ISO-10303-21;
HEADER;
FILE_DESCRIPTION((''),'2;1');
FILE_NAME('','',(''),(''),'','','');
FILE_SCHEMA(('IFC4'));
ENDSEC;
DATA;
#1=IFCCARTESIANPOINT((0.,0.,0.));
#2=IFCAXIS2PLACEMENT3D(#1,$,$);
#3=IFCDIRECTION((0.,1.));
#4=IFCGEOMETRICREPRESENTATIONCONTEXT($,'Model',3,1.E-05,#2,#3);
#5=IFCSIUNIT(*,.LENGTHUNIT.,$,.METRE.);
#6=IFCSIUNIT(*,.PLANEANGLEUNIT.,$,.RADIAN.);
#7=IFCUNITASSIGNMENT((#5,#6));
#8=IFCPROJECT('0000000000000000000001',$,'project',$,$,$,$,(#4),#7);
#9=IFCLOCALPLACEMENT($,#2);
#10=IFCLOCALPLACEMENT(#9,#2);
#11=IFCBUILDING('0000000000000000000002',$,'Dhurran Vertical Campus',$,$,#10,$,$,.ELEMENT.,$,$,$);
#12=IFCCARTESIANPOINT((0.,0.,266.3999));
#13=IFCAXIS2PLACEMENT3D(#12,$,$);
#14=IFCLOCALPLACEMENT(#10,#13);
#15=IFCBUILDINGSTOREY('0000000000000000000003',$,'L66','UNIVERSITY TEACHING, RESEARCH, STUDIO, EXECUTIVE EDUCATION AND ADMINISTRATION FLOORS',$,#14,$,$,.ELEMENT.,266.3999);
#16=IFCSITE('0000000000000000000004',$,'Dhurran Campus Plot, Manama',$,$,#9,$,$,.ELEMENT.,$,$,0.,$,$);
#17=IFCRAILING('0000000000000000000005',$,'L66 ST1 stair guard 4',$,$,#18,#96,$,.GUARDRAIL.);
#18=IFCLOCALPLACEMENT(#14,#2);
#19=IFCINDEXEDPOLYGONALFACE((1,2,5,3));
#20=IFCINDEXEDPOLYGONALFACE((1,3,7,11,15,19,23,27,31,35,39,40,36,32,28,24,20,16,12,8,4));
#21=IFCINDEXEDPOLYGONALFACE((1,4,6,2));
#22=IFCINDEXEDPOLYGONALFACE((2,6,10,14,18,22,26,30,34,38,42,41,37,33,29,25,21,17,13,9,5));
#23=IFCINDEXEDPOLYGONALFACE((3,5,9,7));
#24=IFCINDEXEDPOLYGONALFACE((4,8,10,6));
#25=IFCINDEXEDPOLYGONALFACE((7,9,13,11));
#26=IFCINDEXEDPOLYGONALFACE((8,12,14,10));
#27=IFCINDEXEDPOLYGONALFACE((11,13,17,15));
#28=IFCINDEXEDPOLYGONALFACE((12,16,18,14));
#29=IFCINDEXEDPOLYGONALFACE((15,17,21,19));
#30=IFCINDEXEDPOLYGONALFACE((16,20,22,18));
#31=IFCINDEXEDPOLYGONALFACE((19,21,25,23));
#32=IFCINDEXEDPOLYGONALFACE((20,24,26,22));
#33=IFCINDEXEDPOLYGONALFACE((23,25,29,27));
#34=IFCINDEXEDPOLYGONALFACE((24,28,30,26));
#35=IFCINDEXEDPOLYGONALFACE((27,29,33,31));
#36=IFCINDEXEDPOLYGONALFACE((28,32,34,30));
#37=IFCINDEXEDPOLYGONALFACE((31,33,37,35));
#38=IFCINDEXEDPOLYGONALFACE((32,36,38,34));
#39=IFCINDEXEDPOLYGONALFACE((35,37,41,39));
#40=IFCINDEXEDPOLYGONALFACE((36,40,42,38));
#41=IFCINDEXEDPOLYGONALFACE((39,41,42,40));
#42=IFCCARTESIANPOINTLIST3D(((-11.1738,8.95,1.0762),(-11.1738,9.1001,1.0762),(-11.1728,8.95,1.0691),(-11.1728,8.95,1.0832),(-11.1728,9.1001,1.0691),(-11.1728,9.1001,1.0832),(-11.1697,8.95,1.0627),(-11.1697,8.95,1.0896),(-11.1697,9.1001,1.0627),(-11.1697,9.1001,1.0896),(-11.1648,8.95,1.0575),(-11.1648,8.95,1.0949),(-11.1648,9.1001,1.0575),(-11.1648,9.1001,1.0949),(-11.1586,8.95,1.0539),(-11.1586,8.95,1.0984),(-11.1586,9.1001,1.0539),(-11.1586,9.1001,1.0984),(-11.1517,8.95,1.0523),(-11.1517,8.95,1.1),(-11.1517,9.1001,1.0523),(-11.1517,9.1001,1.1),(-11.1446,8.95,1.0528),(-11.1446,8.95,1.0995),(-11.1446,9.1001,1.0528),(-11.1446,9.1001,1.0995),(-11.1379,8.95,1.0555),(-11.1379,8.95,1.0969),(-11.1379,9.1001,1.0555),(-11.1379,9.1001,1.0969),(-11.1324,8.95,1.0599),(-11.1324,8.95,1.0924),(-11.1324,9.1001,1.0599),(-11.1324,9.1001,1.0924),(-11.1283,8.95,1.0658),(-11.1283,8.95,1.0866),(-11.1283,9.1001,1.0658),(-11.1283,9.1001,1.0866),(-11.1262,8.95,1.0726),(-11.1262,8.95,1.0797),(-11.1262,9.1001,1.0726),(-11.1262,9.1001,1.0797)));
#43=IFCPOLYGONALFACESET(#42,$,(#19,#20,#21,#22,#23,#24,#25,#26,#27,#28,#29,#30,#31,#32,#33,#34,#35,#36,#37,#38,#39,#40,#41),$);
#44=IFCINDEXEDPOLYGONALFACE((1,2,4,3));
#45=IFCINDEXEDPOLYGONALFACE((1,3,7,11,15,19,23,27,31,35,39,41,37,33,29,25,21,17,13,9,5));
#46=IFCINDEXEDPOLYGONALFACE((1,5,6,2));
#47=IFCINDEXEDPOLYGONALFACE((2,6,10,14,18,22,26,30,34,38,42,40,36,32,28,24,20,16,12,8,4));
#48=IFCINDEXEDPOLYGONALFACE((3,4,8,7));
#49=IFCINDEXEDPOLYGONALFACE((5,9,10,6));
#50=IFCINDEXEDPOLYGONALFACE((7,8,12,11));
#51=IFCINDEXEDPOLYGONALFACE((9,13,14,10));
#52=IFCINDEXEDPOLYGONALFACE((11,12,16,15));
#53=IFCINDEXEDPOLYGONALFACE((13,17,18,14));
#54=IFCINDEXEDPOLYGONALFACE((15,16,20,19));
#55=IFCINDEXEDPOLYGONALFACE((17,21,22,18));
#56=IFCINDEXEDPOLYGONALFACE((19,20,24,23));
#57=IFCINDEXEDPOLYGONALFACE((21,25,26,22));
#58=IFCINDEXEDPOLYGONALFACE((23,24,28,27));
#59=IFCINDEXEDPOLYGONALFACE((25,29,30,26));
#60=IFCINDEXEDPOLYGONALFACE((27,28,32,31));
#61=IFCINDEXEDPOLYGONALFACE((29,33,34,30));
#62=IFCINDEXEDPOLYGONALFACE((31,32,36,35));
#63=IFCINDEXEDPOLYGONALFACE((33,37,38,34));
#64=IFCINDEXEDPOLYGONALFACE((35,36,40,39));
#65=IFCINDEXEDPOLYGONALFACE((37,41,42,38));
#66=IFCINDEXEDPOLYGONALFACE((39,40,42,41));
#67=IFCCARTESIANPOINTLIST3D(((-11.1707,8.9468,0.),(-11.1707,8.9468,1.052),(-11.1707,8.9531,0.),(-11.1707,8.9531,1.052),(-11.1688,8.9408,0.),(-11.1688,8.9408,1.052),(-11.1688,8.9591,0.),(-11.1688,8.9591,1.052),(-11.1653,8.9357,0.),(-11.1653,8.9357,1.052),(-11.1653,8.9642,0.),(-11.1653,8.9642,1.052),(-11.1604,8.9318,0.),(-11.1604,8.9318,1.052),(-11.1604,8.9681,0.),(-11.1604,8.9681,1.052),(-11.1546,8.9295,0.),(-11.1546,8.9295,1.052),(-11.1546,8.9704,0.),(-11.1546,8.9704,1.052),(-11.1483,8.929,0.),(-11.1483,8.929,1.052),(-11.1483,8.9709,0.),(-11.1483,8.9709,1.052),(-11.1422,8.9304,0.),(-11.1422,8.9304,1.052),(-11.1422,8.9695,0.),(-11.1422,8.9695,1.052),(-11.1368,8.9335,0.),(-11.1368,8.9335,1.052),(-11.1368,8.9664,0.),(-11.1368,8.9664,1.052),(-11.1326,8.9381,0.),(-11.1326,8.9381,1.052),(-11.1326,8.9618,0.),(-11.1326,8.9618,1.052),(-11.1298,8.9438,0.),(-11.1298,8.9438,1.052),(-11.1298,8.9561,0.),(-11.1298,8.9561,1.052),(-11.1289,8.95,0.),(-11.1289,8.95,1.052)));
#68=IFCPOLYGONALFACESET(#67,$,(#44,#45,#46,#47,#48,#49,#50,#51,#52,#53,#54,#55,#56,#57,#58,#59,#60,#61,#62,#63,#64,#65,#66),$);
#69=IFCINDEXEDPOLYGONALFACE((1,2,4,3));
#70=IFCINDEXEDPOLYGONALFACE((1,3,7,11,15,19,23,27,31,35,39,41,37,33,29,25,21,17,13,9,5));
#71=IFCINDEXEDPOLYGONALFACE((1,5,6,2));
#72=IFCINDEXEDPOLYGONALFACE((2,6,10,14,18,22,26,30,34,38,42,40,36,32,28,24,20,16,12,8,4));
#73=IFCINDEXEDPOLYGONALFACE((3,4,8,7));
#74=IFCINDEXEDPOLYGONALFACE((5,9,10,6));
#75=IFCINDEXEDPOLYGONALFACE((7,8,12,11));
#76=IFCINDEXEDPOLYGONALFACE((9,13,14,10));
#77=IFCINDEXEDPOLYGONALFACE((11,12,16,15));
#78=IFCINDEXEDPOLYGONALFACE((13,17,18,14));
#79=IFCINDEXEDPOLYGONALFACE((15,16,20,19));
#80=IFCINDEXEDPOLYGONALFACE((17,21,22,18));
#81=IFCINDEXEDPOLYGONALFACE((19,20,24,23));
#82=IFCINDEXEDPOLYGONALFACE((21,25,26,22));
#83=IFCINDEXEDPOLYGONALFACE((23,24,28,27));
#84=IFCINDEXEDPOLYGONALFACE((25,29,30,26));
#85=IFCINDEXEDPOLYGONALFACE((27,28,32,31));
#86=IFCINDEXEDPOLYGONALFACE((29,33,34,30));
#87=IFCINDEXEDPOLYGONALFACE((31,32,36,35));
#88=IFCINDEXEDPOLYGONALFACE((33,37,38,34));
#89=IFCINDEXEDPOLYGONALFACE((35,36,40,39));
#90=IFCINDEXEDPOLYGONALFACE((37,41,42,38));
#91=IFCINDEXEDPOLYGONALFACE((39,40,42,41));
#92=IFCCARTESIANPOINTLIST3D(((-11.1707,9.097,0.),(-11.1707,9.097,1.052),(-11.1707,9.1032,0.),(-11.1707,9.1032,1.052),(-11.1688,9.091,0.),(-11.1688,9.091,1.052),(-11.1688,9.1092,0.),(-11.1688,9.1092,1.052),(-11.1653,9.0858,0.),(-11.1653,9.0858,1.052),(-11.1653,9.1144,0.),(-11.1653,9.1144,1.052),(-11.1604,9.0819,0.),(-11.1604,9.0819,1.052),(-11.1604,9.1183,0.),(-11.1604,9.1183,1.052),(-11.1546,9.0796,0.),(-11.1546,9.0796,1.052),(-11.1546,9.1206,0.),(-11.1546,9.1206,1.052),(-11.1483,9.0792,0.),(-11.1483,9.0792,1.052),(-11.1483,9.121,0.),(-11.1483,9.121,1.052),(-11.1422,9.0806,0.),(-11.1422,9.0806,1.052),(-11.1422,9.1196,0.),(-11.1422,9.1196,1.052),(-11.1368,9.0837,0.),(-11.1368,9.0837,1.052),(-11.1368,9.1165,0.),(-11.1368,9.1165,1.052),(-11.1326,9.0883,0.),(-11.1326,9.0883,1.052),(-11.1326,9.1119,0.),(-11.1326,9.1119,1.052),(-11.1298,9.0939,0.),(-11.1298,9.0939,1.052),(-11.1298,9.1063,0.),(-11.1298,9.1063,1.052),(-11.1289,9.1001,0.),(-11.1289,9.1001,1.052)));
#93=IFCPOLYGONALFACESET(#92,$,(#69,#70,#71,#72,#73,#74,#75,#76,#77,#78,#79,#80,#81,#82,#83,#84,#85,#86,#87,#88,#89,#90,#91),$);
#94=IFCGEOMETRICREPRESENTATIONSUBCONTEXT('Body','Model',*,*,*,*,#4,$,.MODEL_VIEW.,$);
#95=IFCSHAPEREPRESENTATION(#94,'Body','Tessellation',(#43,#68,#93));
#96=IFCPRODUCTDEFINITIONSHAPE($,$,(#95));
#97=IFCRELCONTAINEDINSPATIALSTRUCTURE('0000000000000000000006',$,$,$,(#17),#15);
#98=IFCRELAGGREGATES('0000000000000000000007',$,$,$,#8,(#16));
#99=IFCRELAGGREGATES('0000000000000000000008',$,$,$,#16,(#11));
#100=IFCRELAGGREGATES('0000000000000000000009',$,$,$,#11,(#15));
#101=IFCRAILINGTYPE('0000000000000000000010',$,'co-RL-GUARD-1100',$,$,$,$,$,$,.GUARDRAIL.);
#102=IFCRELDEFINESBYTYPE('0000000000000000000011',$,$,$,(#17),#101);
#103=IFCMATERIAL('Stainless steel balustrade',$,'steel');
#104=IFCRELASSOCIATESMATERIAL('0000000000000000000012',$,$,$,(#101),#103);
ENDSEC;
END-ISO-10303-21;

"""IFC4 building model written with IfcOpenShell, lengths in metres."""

from ifc_helpers import new_model, si_unit, direction, frame, origin, origin_2d, place, context, subcontext, project, spatial, circle, extrude, material, type_object, element, save


model = new_model("IFC4")

# Units and contexts
model_context = context("Model", 3, precision=1e-05, world=origin(), true_north=direction((0.0, 1.0)))
body_context = subcontext(model_context, "Body", "Model", "MODEL_VIEW")
ifc_project = project(units=[si_unit("LENGTHUNIT", "METRE"), si_unit("PLANEANGLEUNIT", "RADIAN")], contexts=[model_context])

# Site, building, storey
site_placement = place(None, origin())
site = spatial("IfcSite", under=ifc_project, at=site_placement, Name="Dhurran Campus Plot, Manama", CompositionType="ELEMENT", RefElevation=0.0)
building_placement = place(site_placement, origin())
building = spatial("IfcBuilding", under=site, at=building_placement, Name="Dhurran Vertical Campus", CompositionType="ELEMENT")
storey_placement = place(building_placement, frame((0.0, 0.0, 266.3999)))
storey = spatial("IfcBuildingStorey", under=building, at=storey_placement, Name="L66", Description="UNIVERSITY TEACHING, RESEARCH, STUDIO, EXECUTIVE EDUCATION AND ADMINISTRATION FLOORS", CompositionType="ELEMENT", Elevation=266.3999)

# Railing
ifc_material_1 = material(Name="Stainless steel balustrade", Category="steel")
railing_type_1 = type_object("IfcRailingType", Name="co-RL-GUARD-1100", PredefinedType="GUARDRAIL", material=ifc_material_1)
railing_1_placement = place(storey_placement, frame((-11.1499, 8.95, 0.0)))
element("IfcRailing", 1, at=railing_1_placement, inside=storey, type_object=railing_type_1, Name="L66 ST1 stair guard 4", PredefinedType="GUARDRAIL", context=body_context, shape_type="SweptSolid", body=[
    extrude(circle(Radius=0.0239, at=origin_2d()), frame((0.0, 0.0, 1.0762), z_axis=(0.0, 1.0, 0.0), x_axis=(-1.0, 0.0, 0.0)), (0.0, 0.0, 1.0), 0.1501),
    extrude(circle(Radius=0.021, at=origin_2d()), origin(), (0.0, 0.0, 1.0), 1.052),
    extrude(circle(Radius=0.021, at=origin_2d()), frame((0.0, 0.1501, 0.0)), (0.0, 0.0, 1.0), 1.052),
])

save(model, "model.ifc")
